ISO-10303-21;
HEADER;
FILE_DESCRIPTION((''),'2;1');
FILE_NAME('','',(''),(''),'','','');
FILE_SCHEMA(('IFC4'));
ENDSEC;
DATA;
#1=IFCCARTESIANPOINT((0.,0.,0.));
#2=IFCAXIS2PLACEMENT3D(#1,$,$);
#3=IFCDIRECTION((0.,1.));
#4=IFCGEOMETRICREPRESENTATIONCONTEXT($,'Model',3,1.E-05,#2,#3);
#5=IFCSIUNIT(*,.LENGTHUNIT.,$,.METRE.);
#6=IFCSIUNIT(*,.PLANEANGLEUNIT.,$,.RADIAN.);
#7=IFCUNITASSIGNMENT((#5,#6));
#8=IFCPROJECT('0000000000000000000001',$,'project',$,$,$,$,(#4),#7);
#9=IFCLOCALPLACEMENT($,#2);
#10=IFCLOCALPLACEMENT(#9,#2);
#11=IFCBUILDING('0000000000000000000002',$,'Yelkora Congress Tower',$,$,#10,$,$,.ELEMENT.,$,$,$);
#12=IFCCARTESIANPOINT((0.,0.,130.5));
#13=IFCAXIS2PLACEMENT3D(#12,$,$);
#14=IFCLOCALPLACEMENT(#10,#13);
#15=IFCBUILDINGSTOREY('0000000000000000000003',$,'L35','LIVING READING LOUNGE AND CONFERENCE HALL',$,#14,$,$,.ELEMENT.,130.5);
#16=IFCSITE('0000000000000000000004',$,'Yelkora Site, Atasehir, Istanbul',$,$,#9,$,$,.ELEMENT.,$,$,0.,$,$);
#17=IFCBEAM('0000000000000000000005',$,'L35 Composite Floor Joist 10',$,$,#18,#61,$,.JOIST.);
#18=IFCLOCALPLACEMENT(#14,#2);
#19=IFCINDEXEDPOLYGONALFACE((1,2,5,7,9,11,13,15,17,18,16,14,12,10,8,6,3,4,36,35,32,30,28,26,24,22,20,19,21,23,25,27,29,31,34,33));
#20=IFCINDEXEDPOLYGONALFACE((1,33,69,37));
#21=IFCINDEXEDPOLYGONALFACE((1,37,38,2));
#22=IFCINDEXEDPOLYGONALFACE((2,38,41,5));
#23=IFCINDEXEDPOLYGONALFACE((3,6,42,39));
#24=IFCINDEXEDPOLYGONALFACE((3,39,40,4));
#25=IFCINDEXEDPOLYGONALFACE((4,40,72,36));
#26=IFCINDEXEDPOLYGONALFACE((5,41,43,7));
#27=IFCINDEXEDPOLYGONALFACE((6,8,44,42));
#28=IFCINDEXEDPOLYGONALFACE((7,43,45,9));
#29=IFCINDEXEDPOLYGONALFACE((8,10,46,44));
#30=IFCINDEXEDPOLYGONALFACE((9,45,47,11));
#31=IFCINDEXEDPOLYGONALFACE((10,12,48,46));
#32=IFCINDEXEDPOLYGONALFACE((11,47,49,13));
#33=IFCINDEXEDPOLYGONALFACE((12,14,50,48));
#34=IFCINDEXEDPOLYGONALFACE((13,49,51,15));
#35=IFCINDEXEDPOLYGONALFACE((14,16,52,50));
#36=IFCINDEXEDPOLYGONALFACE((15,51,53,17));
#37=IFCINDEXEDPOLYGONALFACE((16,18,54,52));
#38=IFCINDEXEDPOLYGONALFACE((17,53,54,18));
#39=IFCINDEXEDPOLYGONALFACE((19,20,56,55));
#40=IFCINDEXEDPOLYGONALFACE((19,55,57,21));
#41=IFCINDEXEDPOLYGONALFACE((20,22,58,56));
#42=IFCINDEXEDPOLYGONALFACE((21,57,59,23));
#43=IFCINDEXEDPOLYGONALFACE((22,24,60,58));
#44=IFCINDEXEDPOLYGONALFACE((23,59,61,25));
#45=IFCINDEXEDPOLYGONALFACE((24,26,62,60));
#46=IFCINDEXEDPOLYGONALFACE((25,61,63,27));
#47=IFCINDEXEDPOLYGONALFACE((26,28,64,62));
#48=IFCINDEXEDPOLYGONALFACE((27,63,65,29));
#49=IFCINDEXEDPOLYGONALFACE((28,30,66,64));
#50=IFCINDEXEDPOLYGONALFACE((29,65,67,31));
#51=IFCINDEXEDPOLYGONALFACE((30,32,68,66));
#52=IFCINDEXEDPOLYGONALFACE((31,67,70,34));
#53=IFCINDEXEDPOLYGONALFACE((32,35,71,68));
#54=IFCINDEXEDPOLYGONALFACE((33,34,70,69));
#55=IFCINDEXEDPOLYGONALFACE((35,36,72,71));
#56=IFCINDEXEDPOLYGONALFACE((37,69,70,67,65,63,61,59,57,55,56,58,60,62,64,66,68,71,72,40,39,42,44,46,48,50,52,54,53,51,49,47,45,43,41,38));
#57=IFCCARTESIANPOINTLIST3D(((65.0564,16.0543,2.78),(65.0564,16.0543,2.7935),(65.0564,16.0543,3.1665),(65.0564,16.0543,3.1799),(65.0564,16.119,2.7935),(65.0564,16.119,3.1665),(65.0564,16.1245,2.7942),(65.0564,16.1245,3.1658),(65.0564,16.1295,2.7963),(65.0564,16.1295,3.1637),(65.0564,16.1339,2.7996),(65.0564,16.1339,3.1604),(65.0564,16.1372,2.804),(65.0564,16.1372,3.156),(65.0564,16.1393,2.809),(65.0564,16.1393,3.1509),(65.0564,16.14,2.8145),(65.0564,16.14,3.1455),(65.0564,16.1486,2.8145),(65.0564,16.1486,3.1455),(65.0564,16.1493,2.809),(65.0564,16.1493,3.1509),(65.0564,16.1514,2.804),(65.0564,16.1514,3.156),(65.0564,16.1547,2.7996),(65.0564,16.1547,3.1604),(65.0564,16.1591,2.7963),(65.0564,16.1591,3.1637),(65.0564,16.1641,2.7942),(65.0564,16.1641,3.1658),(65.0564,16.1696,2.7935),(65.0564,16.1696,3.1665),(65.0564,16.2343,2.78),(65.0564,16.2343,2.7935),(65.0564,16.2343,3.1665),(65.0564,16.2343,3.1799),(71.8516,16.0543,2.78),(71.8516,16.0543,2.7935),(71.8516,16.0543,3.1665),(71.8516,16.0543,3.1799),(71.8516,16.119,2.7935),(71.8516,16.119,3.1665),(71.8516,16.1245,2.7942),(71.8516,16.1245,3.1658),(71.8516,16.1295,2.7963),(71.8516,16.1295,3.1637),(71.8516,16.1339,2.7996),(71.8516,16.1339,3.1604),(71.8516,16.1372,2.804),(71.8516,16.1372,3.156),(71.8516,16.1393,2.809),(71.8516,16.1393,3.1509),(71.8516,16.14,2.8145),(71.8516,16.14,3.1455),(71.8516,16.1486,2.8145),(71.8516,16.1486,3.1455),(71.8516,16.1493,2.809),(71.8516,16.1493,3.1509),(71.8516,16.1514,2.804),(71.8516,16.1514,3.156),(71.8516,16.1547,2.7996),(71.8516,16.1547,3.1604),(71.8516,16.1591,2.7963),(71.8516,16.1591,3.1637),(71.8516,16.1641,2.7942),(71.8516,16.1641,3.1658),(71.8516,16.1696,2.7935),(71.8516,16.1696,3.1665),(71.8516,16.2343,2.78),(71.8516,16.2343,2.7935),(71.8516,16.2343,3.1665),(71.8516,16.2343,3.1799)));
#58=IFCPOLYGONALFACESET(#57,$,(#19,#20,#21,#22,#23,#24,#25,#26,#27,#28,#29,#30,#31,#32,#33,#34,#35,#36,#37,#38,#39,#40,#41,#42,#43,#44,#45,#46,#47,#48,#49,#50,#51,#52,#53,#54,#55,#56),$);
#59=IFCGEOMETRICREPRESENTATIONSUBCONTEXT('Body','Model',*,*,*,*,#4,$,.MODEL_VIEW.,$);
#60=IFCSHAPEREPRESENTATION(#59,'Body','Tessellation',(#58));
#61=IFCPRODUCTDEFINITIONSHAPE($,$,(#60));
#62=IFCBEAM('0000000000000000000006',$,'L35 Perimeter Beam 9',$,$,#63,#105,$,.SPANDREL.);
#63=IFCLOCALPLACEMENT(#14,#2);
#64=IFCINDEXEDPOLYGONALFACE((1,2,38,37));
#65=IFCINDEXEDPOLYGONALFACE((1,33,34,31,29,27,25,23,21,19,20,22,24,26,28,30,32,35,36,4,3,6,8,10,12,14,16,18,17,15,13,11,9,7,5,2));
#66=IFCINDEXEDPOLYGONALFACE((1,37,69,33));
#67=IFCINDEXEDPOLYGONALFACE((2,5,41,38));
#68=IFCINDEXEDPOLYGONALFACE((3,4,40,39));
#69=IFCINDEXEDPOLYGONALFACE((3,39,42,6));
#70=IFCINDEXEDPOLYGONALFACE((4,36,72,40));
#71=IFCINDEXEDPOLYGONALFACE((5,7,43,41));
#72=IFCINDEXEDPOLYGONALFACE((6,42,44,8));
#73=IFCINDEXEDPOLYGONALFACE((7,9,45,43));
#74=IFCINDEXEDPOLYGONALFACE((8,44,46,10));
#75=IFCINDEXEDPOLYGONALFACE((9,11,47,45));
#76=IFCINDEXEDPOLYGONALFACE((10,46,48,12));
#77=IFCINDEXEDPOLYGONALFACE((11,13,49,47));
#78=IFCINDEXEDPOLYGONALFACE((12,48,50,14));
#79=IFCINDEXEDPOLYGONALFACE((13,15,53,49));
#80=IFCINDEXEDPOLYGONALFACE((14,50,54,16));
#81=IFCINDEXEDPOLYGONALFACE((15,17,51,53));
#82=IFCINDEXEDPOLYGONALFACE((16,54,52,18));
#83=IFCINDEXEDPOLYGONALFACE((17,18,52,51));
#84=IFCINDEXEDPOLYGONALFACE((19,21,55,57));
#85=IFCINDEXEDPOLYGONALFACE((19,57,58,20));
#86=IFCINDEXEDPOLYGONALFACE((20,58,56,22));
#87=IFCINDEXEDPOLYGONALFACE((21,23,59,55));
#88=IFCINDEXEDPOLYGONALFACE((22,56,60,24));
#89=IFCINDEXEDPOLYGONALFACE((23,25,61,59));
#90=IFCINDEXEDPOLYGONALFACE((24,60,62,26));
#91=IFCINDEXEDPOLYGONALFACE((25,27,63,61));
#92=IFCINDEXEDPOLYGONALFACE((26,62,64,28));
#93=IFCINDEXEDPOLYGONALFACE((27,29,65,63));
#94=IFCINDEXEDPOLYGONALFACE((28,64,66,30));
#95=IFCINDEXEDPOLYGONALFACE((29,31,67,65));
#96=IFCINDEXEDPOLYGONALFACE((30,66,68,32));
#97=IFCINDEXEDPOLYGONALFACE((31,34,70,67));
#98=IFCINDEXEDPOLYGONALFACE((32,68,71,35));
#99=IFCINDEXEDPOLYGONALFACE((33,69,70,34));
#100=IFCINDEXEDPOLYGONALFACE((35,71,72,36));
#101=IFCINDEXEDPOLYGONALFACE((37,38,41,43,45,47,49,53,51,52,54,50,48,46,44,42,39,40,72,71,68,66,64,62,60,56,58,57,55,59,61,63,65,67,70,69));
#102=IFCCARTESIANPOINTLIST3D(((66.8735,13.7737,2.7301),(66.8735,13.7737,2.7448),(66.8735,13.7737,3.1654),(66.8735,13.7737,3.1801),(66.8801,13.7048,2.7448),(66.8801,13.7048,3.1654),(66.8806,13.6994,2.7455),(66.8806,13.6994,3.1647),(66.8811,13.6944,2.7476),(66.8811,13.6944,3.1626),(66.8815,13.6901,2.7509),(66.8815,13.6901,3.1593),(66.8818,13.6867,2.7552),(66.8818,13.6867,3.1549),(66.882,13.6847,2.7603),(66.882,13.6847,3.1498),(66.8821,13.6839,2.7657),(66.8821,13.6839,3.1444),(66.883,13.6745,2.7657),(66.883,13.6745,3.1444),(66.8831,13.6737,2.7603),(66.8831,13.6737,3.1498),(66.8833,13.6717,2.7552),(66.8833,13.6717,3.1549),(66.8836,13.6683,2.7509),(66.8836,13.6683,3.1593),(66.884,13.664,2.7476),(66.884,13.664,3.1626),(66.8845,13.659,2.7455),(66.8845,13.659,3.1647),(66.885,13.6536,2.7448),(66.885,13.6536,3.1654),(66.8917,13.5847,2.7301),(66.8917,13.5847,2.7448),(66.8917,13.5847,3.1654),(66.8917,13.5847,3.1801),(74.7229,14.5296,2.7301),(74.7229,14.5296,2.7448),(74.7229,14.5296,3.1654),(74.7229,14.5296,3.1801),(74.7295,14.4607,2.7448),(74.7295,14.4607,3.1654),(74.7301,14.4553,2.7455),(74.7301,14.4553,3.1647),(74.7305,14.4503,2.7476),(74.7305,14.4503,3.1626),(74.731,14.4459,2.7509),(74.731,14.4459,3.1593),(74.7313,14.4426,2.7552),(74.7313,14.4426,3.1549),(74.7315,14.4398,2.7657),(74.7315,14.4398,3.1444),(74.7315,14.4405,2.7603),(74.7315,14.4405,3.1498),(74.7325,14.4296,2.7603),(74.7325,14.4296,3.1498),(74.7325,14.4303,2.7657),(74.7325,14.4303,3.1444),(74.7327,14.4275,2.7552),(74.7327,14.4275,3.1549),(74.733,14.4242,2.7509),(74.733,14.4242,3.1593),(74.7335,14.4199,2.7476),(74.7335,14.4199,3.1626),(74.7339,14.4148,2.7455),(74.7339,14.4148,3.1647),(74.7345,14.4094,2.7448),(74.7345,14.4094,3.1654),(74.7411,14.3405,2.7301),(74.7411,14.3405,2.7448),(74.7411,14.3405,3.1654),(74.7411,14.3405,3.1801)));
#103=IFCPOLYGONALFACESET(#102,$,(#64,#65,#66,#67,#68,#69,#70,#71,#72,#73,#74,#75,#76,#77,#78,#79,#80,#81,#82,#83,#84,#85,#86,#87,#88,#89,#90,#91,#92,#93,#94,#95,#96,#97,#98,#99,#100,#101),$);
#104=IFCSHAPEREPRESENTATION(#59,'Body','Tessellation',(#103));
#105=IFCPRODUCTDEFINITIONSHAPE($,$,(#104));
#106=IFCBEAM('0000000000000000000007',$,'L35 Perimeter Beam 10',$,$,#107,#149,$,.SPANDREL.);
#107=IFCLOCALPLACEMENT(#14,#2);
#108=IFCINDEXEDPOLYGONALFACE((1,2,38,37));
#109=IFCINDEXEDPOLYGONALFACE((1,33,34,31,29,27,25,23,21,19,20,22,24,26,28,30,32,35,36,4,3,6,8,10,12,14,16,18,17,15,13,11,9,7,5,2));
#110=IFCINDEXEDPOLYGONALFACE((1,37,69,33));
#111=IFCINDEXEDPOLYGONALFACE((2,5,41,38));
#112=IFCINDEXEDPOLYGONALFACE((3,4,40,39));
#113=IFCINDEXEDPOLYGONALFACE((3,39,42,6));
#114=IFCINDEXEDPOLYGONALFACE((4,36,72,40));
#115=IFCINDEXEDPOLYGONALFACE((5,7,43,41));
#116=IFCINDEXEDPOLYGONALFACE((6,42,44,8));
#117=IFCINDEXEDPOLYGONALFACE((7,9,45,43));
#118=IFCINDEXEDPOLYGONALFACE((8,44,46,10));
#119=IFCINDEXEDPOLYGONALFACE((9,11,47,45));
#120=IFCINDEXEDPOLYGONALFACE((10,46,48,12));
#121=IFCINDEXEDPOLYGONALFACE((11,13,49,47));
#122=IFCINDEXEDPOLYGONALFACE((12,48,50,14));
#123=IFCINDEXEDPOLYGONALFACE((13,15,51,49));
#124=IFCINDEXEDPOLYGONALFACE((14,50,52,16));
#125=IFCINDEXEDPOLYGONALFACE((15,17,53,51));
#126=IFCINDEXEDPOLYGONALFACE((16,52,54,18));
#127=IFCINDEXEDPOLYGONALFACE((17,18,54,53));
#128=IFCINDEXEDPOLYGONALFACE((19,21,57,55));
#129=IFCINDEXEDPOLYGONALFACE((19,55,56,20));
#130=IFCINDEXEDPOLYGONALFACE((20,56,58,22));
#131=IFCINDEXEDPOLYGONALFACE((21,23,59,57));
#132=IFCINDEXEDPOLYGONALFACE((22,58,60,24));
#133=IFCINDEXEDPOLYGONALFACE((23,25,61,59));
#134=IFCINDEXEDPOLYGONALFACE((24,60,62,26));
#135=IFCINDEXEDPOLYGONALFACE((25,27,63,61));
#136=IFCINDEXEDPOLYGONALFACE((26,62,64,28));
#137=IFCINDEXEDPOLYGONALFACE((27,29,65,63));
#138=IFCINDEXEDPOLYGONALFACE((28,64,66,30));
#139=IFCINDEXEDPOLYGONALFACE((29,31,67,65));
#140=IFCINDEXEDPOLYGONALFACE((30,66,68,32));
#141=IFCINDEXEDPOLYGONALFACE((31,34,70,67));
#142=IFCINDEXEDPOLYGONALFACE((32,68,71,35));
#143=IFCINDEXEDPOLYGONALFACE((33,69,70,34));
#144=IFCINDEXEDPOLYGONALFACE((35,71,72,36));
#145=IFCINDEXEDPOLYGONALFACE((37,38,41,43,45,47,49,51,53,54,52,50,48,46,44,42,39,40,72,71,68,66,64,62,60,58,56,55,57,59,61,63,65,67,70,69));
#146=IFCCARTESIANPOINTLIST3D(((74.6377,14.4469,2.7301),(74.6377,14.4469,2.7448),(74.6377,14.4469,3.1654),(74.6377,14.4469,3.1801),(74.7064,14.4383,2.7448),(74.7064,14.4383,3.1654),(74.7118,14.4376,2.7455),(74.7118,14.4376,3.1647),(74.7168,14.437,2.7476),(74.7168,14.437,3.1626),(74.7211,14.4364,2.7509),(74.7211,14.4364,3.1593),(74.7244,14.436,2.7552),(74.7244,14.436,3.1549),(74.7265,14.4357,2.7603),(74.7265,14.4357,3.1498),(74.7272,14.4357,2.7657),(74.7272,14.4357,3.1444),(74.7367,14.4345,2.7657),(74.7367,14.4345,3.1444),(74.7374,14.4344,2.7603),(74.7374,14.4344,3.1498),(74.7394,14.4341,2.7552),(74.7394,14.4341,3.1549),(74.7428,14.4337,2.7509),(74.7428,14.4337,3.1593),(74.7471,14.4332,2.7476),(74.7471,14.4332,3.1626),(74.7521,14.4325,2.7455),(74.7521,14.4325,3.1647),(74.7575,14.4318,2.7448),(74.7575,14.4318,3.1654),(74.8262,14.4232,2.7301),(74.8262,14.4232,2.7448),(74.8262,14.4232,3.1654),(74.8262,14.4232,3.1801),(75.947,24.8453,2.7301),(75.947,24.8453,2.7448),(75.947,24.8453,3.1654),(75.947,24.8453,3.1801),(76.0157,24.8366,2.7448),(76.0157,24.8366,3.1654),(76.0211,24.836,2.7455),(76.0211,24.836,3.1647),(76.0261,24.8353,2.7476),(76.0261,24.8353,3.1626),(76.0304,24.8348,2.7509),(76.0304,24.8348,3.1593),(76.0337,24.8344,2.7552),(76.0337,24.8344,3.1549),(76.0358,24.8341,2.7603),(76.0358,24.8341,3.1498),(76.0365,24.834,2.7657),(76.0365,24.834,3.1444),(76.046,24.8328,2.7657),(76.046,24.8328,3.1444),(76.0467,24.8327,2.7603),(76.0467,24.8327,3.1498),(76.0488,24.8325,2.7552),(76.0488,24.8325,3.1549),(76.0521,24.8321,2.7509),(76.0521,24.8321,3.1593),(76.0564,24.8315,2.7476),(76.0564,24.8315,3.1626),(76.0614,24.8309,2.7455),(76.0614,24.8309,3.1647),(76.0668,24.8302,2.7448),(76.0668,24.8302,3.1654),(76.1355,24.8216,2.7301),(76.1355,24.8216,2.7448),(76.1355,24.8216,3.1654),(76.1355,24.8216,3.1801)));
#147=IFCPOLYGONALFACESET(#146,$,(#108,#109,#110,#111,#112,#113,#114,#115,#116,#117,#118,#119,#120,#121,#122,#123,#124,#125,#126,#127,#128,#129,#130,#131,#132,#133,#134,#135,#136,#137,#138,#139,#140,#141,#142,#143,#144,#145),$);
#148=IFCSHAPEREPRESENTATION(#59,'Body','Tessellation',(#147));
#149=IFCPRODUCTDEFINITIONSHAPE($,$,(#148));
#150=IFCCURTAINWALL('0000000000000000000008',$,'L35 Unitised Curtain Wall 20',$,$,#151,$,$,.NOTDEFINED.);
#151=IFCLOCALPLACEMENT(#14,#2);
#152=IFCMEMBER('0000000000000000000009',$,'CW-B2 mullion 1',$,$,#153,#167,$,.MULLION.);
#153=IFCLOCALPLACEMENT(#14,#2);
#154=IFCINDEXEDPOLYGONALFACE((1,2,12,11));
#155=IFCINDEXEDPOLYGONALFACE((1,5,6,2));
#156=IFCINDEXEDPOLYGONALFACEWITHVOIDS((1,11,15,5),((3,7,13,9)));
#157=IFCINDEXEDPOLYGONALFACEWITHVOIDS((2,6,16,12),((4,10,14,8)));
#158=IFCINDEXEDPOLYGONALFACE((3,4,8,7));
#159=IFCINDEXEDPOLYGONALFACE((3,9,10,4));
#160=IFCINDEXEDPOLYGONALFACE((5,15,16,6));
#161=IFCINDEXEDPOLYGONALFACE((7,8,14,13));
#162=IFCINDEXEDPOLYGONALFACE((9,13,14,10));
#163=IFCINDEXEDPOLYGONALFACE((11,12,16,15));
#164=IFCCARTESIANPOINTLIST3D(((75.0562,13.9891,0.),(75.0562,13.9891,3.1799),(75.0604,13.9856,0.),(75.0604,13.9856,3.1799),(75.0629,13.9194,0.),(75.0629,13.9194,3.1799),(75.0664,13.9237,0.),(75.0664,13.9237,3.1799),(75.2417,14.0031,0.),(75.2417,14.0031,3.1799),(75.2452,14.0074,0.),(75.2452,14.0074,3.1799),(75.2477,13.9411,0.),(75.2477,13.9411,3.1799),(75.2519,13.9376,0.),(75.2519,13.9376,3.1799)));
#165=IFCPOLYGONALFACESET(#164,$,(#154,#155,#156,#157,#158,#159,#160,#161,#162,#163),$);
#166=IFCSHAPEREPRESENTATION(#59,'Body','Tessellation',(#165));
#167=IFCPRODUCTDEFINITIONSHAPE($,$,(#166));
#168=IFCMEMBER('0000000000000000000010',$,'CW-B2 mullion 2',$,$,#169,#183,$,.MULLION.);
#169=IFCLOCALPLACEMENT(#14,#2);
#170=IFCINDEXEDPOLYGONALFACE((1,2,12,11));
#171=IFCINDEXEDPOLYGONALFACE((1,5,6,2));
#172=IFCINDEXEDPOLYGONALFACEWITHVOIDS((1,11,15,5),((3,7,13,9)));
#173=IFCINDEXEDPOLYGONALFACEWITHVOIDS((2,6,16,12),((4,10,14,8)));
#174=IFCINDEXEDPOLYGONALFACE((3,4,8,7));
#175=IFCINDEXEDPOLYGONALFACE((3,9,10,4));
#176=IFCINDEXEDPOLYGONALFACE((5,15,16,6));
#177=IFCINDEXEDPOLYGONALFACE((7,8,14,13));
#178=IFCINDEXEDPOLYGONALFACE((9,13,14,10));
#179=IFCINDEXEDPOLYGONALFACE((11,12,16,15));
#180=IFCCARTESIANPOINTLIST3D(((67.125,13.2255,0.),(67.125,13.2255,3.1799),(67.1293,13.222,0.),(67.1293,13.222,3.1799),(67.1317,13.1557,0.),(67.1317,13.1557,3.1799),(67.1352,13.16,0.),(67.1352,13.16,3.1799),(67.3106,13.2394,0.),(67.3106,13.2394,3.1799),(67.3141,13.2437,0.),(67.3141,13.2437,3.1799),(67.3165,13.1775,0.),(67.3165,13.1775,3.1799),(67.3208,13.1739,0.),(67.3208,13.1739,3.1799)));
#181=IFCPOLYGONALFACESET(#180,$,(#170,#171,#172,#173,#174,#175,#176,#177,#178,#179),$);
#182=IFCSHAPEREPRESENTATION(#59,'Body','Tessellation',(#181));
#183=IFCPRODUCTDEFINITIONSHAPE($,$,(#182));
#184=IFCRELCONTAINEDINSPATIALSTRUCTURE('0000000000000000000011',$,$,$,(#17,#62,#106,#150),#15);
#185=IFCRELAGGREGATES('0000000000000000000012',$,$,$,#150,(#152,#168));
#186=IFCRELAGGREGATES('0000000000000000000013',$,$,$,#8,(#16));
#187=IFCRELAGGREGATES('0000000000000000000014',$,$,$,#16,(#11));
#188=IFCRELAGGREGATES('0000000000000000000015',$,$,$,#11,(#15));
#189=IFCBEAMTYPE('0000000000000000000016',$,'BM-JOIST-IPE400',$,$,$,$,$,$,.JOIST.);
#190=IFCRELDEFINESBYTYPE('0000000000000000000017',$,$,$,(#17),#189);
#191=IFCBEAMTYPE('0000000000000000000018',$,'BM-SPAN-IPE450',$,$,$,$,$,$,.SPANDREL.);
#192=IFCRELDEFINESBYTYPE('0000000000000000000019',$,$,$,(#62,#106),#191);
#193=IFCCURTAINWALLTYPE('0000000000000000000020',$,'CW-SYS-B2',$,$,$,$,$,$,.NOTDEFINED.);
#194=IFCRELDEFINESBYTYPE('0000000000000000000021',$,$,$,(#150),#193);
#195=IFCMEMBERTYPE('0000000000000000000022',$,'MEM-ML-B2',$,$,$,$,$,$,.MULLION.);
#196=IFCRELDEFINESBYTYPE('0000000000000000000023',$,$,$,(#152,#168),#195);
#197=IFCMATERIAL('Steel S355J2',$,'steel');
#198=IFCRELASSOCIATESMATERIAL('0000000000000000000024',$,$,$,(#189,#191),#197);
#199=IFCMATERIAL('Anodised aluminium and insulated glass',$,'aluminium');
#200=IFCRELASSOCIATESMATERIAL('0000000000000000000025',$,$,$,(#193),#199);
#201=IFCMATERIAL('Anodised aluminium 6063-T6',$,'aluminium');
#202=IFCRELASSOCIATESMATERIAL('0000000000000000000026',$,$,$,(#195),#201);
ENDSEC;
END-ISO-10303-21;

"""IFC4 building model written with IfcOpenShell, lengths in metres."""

from ifc_helpers import new_model, si_unit, direction, frame, origin, origin_2d, place, context, subcontext, project, spatial, hollow_rectangle, i_section, extrude, material, material_profile, profile_set, type_object, element, aggregate, save


model = new_model("IFC4")

# Units and contexts
model_context = context("Model", 3, precision=1e-05, world=origin(), true_north=direction((0.0, 1.0)))
body_context = subcontext(model_context, "Body", "Model", "MODEL_VIEW")
ifc_project = project(units=[si_unit("LENGTHUNIT", "METRE"), si_unit("PLANEANGLEUNIT", "RADIAN")], contexts=[model_context])

# Site, building, storey
site_placement = place(None, origin())
site = spatial("IfcSite", under=ifc_project, at=site_placement, Name="Yelkora Site, Atasehir, Istanbul", CompositionType="ELEMENT", RefElevation=0.0)
building_placement = place(site_placement, origin())
building = spatial("IfcBuilding", under=site, at=building_placement, Name="Yelkora Congress Tower", CompositionType="ELEMENT")
storey_placement = place(building_placement, frame((0.0, 0.0, 130.5)))
storey = spatial("IfcBuildingStorey", under=building, at=storey_placement, Name="L35", Description="LIVING READING LOUNGE AND CONFERENCE HALL", CompositionType="ELEMENT", Elevation=130.5)

# Beams
ifc_material_1 = material(Name="Steel S355J2", Category="steel")
ifc_material_profile_1 = material_profile(ifc_material_1, i_section(OverallWidth=0.1799, OverallDepth=0.3999, WebThickness=0.0085, FlangeThickness=0.0134, FilletRadius=0.021, at=origin_2d()), Name="IPE 400")
ifc_profile_set_1 = profile_set([ifc_material_profile_1], Name="Steel S355J2")
beam_type_1 = type_object("IfcBeamType", Name="BM-JOIST-IPE400", PredefinedType="JOIST", material=ifc_profile_set_1)
beam_1_placement = place(storey_placement, frame((65.0564, 16.1443, 2.98), z_axis=(1.0, 0.0, 0.0), x_axis=(0.0, 1.0, 0.0)))
element("IfcBeam", 1, at=beam_1_placement, inside=storey, type_object=beam_type_1, Name="L35 Composite Floor Joist 10", PredefinedType="JOIST", context=body_context, shape_type="SweptSolid", body=[
    extrude(i_section(OverallWidth=0.1799, OverallDepth=0.3999, WebThickness=0.0085, FlangeThickness=0.0134, FilletRadius=0.021, at=origin_2d()), origin(), (0.0, 0.0, 1.0), 6.7952),
])
ifc_material_profile_2 = material_profile(ifc_material_1, i_section(OverallWidth=0.1899, OverallDepth=0.45, WebThickness=0.0095, FlangeThickness=0.0146, FilletRadius=0.021, at=origin_2d()), Name="IPE 450")
ifc_profile_set_2 = profile_set([ifc_material_profile_2], Name="Steel S355J2")
beam_type_2 = type_object("IfcBeamType", Name="BM-SPAN-IPE450", PredefinedType="SPANDREL", material=ifc_profile_set_2)
beam_2_placement = place(storey_placement, frame((66.8826, 13.6792, 2.9551), z_axis=(0.995396, 0.095852, 0.0), x_axis=(-0.095852, 0.995396, 0.0)))
element("IfcBeam", 2, at=beam_2_placement, inside=storey, type_object=beam_type_2, Name="L35 Perimeter Beam 9", PredefinedType="SPANDREL", context=body_context, shape_type="SweptSolid", body=[
    extrude(i_section(OverallWidth=0.1899, OverallDepth=0.45, WebThickness=0.0095, FlangeThickness=0.0146, FilletRadius=0.021, at=origin_2d()), origin(), (0.0, 0.0, 1.0), 7.8857),
])
beam_3_placement = place(storey_placement, frame((74.7319, 14.4351, 2.9551), z_axis=(0.124929, 0.992166, 0.0), x_axis=(-0.992166, 0.124929, 0.0)))
element("IfcBeam", 3, at=beam_3_placement, inside=storey, type_object=beam_type_2, Name="L35 Perimeter Beam 10", PredefinedType="SPANDREL", context=body_context, shape_type="SweptSolid", body=[
    extrude(i_section(OverallWidth=0.1899, OverallDepth=0.45, WebThickness=0.0095, FlangeThickness=0.0146, FilletRadius=0.021, at=origin_2d()), origin(), (0.0, 0.0, 1.0), 10.4805),
])

# Curtain wall, members
ifc_material_2 = material(Name="Anodised aluminium and insulated glass", Category="aluminium")
curtain_wall_type = type_object("IfcCurtainWallType", Name="CW-SYS-B2", PredefinedType="NOTDEFINED", material=ifc_material_2)
curtain_wall_placement = place(storey_placement, origin())
curtain_wall = element("IfcCurtainWall", 4, at=curtain_wall_placement, inside=storey, type_object=curtain_wall_type, Name="L35 Unitised Curtain Wall 20", PredefinedType="NOTDEFINED")
ifc_material_3 = material(Name="Anodised aluminium 6063-T6", Category="aluminium")
ifc_material_profile_3 = material_profile(ifc_material_3, hollow_rectangle(XDim=0.0701, YDim=0.1899, WallThickness=0.0039, at=origin_2d()), Name="ALU 70x190x4")
ifc_profile_set_3 = profile_set([ifc_material_profile_3], Name="Anodised aluminium 6063-T6")
member_type_1 = type_object("IfcMemberType", Name="MEM-ML-B2", PredefinedType="MULLION", material=ifc_profile_set_3)
member_1_placement = place(storey_placement, frame((75.1541, 13.9634, 0.0), z_axis=(0.0, 0.0, 1.0), x_axis=(0.095844, -0.995396, 0.0)))
member_1 = element("IfcMember", 5, at=member_1_placement, type_object=member_type_1, Name="CW-B2 mullion 1", PredefinedType="MULLION", context=body_context, shape_type="SweptSolid", body=[
    extrude(hollow_rectangle(XDim=0.0701, YDim=0.1899, WallThickness=0.0039, at=origin_2d()), origin(), (0.0, 0.0, 1.0), 3.1799),
])
member_2_placement = place(storey_placement, frame((67.2229, 13.1997, 0.0), z_axis=(0.0, 0.0, 1.0), x_axis=(0.095844, -0.995396, 0.0)))
member_2 = element("IfcMember", 6, at=member_2_placement, type_object=member_type_1, Name="CW-B2 mullion 2", PredefinedType="MULLION", context=body_context, shape_type="SweptSolid", body=[
    extrude(hollow_rectangle(XDim=0.0701, YDim=0.1899, WallThickness=0.0039, at=origin_2d()), origin(), (0.0, 0.0, 1.0), 3.1799),
])
aggregate(curtain_wall, [member_1, member_2])

save(model, "model.ifc")
